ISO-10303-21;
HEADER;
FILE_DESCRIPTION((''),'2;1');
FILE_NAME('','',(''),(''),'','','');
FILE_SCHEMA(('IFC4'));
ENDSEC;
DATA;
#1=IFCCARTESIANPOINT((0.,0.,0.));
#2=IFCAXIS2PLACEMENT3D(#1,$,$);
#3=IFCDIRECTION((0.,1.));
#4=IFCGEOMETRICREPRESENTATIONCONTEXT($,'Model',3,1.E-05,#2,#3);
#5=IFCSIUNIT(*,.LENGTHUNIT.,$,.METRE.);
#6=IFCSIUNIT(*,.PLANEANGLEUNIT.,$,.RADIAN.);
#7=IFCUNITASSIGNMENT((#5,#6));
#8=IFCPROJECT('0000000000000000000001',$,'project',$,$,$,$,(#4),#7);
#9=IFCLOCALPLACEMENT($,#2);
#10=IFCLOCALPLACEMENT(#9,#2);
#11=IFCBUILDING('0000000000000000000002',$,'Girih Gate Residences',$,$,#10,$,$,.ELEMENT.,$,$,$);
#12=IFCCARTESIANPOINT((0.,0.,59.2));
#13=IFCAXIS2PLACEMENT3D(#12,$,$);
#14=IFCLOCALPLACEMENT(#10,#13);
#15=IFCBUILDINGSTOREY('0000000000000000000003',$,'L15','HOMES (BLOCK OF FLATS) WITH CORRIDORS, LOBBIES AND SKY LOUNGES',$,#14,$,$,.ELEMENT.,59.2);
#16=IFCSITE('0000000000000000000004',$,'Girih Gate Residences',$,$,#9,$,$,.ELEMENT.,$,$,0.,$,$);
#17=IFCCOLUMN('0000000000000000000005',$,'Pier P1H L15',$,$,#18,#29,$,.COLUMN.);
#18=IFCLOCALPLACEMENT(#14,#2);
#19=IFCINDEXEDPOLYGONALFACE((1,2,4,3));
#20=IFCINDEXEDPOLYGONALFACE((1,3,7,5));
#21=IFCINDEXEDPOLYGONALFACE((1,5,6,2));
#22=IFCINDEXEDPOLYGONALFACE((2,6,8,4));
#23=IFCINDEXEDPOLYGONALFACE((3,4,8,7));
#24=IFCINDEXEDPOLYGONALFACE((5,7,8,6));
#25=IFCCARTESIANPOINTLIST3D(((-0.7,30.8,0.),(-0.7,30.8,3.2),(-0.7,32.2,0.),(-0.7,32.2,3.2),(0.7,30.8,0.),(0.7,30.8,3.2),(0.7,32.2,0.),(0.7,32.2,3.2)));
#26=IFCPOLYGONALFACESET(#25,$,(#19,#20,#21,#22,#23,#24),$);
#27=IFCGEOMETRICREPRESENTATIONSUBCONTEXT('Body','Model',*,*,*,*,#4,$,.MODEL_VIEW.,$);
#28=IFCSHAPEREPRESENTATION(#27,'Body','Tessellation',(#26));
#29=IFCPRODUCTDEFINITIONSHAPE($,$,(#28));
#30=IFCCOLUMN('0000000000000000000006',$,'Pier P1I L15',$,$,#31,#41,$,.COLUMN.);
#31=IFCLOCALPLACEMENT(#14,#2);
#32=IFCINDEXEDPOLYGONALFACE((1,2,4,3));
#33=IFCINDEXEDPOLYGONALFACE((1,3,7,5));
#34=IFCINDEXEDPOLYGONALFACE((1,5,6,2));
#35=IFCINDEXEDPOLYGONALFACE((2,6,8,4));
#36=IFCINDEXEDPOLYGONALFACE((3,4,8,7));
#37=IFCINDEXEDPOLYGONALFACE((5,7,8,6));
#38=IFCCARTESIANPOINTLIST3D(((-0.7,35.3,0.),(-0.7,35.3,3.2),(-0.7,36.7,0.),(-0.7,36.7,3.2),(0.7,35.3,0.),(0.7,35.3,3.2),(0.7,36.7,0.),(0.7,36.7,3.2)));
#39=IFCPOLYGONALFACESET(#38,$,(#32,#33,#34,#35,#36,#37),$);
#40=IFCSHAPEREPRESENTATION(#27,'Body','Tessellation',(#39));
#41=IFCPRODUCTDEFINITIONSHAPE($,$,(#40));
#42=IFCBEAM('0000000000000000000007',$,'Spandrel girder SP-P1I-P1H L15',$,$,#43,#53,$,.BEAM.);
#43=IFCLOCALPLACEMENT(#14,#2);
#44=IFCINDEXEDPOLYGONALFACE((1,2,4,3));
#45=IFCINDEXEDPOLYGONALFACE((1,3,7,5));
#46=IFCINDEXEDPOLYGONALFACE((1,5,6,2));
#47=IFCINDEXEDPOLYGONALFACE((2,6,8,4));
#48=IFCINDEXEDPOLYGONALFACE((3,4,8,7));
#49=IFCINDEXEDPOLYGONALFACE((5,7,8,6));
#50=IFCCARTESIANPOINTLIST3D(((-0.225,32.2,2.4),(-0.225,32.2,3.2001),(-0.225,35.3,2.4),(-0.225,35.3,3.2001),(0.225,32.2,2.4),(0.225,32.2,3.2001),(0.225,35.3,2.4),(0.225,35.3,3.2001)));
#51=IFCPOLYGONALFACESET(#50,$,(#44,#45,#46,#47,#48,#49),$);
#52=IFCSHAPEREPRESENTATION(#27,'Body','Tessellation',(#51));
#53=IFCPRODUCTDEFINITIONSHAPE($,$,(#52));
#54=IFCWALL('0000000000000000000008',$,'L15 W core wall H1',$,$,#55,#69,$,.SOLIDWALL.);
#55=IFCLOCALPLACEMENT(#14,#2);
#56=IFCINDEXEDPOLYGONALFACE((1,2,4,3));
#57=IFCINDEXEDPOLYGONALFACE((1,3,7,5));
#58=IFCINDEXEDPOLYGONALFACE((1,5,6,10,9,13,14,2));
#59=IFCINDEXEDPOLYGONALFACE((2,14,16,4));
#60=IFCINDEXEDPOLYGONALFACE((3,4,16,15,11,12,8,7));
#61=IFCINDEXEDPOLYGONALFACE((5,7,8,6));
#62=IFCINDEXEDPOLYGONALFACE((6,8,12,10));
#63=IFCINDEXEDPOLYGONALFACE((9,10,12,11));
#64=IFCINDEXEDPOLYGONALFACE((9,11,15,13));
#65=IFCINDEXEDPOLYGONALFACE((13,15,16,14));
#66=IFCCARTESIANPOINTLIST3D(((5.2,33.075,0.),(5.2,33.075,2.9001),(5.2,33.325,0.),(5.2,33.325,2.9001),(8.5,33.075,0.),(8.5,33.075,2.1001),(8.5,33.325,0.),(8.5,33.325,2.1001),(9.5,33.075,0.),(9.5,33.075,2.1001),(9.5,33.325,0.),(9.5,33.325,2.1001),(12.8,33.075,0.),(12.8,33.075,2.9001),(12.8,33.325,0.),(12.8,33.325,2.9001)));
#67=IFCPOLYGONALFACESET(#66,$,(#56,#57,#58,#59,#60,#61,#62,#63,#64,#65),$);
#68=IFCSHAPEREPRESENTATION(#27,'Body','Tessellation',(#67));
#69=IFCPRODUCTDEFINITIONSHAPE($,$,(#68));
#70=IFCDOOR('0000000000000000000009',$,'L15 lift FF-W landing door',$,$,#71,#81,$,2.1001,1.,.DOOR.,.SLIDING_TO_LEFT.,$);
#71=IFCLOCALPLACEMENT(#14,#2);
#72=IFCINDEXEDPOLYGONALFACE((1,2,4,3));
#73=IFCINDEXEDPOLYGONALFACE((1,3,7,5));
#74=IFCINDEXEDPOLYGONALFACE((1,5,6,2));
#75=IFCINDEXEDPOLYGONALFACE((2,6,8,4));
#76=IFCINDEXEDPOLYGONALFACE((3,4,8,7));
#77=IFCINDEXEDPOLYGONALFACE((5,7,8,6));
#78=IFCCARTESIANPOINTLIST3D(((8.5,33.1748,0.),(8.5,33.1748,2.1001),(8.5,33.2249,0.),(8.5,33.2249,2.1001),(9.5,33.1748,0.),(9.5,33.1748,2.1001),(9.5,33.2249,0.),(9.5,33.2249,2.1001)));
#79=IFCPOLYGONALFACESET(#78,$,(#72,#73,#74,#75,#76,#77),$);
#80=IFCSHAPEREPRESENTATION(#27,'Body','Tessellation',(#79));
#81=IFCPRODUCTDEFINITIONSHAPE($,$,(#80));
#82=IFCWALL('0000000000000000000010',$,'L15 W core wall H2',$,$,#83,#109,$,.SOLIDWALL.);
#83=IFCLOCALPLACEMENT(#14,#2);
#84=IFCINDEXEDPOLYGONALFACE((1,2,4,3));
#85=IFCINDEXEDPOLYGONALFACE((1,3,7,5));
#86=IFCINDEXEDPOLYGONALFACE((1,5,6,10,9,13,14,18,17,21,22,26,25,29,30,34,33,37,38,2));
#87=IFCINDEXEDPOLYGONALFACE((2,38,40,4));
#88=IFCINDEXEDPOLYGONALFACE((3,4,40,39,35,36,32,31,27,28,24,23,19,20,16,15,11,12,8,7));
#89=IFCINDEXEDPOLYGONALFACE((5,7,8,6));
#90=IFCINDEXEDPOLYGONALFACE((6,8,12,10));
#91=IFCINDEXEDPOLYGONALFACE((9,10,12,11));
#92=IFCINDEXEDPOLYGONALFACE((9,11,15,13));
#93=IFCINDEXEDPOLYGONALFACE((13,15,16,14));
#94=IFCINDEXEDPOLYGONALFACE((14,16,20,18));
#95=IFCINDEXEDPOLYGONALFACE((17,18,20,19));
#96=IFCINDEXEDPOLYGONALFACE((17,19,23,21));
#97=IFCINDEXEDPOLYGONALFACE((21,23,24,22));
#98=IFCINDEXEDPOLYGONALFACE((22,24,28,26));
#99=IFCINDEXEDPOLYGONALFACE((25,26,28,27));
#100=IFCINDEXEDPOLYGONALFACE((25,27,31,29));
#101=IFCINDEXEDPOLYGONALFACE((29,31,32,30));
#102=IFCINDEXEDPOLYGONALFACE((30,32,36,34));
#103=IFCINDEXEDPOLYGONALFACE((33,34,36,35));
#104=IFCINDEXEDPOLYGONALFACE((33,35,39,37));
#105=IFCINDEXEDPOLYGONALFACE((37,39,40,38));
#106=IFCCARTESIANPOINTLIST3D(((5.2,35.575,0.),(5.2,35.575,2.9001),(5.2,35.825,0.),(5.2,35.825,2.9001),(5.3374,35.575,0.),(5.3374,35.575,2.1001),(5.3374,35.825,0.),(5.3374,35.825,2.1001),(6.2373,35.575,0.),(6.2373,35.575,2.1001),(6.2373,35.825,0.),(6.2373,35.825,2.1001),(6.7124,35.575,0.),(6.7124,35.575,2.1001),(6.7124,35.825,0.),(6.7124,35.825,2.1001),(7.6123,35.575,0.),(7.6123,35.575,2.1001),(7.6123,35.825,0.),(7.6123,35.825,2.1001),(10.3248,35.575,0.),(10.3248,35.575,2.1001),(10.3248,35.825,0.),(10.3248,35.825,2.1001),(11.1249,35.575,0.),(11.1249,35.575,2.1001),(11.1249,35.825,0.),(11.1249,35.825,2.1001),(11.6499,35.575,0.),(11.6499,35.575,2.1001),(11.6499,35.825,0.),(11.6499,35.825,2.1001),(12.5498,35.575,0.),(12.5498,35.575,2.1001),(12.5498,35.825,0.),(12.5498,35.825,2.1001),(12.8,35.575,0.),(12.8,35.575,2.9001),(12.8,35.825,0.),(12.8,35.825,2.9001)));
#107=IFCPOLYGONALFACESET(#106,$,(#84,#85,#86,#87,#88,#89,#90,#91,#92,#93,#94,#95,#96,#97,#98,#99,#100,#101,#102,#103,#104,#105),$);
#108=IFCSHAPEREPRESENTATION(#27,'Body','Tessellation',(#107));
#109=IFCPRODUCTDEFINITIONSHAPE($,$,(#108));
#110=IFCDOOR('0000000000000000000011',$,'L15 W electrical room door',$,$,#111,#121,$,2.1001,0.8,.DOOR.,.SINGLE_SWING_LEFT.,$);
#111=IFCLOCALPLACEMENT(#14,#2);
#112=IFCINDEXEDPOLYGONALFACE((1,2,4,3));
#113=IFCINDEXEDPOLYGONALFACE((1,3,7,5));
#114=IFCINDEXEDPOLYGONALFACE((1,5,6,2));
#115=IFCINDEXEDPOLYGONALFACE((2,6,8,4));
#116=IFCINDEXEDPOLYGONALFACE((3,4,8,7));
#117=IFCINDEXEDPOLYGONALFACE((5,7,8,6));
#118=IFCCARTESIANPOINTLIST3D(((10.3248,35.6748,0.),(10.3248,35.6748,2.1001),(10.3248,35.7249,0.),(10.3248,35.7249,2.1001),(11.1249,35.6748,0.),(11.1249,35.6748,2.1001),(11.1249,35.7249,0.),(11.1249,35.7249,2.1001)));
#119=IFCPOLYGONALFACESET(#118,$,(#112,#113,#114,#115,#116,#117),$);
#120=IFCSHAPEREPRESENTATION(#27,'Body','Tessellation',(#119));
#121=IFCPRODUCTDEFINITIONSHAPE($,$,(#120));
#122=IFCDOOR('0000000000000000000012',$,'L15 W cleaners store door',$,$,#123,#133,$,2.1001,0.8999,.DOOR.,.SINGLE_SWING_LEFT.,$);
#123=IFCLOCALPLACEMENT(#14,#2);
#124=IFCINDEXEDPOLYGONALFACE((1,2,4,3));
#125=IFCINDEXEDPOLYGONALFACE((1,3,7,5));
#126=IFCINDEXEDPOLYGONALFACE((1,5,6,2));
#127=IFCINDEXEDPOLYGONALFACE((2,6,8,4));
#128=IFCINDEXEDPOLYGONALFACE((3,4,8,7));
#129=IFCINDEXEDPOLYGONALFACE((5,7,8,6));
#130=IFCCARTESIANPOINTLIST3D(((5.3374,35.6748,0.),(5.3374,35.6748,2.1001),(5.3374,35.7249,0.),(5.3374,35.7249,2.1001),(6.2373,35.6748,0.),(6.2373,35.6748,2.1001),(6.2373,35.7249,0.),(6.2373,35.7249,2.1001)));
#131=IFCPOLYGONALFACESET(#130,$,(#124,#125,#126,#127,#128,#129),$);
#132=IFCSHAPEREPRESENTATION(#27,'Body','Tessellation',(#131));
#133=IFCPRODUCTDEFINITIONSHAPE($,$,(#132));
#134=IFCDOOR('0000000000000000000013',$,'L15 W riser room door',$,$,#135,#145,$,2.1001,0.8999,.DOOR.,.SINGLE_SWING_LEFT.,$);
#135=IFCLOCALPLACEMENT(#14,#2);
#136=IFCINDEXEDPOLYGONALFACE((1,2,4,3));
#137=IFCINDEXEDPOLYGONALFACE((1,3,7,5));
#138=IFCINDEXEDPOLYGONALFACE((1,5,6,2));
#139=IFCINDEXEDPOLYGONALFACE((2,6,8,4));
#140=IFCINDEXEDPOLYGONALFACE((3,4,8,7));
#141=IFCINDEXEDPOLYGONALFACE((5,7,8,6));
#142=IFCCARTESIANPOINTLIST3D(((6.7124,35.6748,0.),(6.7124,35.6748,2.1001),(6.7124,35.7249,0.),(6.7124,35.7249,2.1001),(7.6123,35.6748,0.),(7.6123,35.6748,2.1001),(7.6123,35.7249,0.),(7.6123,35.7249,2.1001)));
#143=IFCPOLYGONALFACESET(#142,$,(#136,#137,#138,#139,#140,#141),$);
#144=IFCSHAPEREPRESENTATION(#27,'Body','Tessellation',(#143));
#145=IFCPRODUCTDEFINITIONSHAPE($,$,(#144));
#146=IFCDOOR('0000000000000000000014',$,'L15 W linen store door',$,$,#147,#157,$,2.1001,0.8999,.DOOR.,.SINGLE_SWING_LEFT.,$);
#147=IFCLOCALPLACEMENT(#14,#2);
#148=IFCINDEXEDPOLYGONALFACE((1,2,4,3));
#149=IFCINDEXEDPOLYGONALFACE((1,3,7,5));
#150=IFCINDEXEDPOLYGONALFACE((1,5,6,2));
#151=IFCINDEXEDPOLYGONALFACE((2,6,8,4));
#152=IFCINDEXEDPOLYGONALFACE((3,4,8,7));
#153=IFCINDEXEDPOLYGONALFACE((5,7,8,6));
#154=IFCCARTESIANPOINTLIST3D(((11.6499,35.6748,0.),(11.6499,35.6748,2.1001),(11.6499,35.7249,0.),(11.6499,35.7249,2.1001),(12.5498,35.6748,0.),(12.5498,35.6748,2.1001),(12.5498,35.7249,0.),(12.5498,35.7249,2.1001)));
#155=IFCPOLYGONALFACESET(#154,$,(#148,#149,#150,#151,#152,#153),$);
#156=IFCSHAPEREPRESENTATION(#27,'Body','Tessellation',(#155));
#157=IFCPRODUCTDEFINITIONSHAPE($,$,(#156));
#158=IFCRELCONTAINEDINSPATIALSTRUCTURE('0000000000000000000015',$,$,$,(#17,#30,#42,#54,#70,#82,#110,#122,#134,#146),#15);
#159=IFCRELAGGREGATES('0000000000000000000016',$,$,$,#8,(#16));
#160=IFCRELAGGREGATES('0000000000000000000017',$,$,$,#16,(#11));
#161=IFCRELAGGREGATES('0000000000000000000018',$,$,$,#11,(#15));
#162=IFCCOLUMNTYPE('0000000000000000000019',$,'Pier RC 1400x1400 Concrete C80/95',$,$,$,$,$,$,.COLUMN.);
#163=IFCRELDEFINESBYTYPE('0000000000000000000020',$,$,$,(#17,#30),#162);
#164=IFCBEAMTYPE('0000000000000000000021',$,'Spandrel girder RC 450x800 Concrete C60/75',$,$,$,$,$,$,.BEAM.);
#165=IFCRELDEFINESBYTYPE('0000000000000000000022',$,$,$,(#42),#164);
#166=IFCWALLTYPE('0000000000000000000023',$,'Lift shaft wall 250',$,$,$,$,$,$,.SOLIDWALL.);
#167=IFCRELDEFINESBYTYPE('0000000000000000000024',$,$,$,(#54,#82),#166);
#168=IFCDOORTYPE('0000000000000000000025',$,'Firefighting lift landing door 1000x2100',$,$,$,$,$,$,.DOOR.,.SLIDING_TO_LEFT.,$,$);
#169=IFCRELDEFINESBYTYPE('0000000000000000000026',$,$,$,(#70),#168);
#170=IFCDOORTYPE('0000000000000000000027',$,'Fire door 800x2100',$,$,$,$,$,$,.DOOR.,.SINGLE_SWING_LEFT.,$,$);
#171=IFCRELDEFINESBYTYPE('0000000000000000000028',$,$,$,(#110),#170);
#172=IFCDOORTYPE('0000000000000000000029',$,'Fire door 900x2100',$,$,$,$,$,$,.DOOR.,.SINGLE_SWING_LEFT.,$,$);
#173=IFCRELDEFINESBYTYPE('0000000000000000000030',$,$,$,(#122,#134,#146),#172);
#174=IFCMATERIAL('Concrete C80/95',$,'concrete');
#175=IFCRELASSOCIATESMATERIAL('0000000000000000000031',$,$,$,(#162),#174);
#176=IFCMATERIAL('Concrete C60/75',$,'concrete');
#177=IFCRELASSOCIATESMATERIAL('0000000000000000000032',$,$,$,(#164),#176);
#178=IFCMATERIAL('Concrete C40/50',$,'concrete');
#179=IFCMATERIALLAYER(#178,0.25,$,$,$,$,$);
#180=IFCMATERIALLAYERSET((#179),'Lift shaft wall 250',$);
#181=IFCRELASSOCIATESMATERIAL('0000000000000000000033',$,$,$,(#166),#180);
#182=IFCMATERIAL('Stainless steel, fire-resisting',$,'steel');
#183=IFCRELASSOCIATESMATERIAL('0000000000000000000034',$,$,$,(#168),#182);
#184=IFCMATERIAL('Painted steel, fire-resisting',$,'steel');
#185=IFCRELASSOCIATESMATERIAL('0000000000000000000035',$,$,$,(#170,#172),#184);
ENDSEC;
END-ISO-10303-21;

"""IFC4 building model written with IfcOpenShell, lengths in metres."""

from ifc_helpers import new_model, si_unit, direction, frame, frame_2d, origin, origin_2d, place, context, subcontext, project, spatial, rectangle, extrude, material, layer, layer_set, material_profile, profile_set, type_object, element, fill, save


model = new_model("IFC4")

# Units and contexts
model_context = context("Model", 3, precision=1e-05, world=origin(), true_north=direction((0.0, 1.0)))
body_context = subcontext(model_context, "Body", "Model", "MODEL_VIEW")
ifc_project = project(units=[si_unit("LENGTHUNIT", "METRE"), si_unit("PLANEANGLEUNIT", "RADIAN")], contexts=[model_context])

# Site, building, storey
site_placement = place(None, origin())
site = spatial("IfcSite", under=ifc_project, at=site_placement, Name="Girih Gate Residences", CompositionType="ELEMENT", RefElevation=0.0)
building_placement = place(site_placement, origin())
building = spatial("IfcBuilding", under=site, at=building_placement, Name="Girih Gate Residences", CompositionType="ELEMENT")
storey_placement = place(building_placement, frame((0.0, 0.0, 59.2)))
storey = spatial("IfcBuildingStorey", under=building, at=storey_placement, Name="L15", Description="HOMES (BLOCK OF FLATS) WITH CORRIDORS, LOBBIES AND SKY LOUNGES", CompositionType="ELEMENT", Elevation=59.2)

# Columns
ifc_material_1 = material(Name="Concrete C80/95", Category="concrete")
ifc_material_profile_1 = material_profile(ifc_material_1, rectangle(XDim=1.3999, YDim=1.3999, at=origin_2d()))
ifc_profile_set_1 = profile_set([ifc_material_profile_1], Name="Concrete C80/95")
column_type = type_object("IfcColumnType", Name="Pier RC 1400x1400 Concrete C80/95", PredefinedType="COLUMN", material=ifc_profile_set_1)
for number, where, z_axis, x_axis, name in (
    (1, (0.0, 31.5, 0.0), (0.0, 0.0, 1.0), (1.0, 0.0, 0.0), "Pier P1H L15"),
    (2, (0.0, 36.0, 0.0), (0.0, 0.0, 1.0), (1.0, 0.0, 0.0), "Pier P1I L15"),
):
    element("IfcColumn", number, at=place(storey_placement, frame(where, z_axis=z_axis, x_axis=x_axis)), inside=storey, type_object=column_type, Name=name, PredefinedType="COLUMN", context=body_context, shape_type="SweptSolid", body=[
        extrude(rectangle(XDim=1.3999, YDim=1.3999, at=origin_2d()), origin(), (0.0, 0.0, 1.0), 3.2),
    ])

# Beam
ifc_material_2 = material(Name="Concrete C60/75", Category="concrete")
ifc_material_profile_2 = material_profile(ifc_material_2, rectangle(XDim=0.45, YDim=0.8, at=origin_2d()))
ifc_profile_set_2 = profile_set([ifc_material_profile_2], Name="Concrete C60/75")
beam_type = type_object("IfcBeamType", Name="Spandrel girder RC 450x800 Concrete C60/75", PredefinedType="BEAM", material=ifc_profile_set_2)
beam_placement = place(storey_placement, frame((0.0, 35.3, 2.8), z_axis=(0.0, -1.0, 0.0), x_axis=(1.0, 0.0, 0.0)))
element("IfcBeam", 3, at=beam_placement, inside=storey, type_object=beam_type, Name="Spandrel girder SP-P1I-P1H L15", PredefinedType="BEAM", context=body_context, shape_type="SweptSolid", body=[
    extrude(rectangle(XDim=0.45, YDim=0.8, at=origin_2d()), origin(), (0.0, 0.0, 1.0), 3.1001),
])

# Wall, opening, door
ifc_material_3 = material(Name="Concrete C40/50", Category="concrete")
ifc_layer_1 = layer(ifc_material_3, 0.25)
ifc_layer_set_1 = layer_set([ifc_layer_1], Name="Lift shaft wall 250")
wall_type_1 = type_object("IfcWallType", Name="Lift shaft wall 250", PredefinedType="SOLIDWALL", material=ifc_layer_set_1)
wall_1_placement = place(storey_placement, frame((5.2, 33.2, 0.0), z_axis=(0.0, 0.0, 1.0), x_axis=(1.0, 0.0, 0.0)))
wall_1 = element("IfcWall", 4, at=wall_1_placement, inside=storey, type_object=wall_type_1, Name="L15 W core wall H1", PredefinedType="SOLIDWALL", context=body_context, shape_type="SweptSolid", body=[
    extrude(rectangle(XDim=7.6001, YDim=0.25, at=frame_2d((3.8, 0.0))), origin(), (0.0, 0.0, 1.0), 2.9001),
])
opening_1_placement = place(wall_1_placement, frame((3.3, 0.0, 0.0)))
opening_1 = element("IfcOpeningElement", 5, at=opening_1_placement, cuts=wall_1, PredefinedType="OPENING", context=body_context, shape_type="SweptSolid", body=[
    extrude(rectangle(XDim=1.0, YDim=2.1001, at=frame_2d((0.5, 1.05))), frame((0.0, 0.135, 0.0), z_axis=(0.0, -1.0, 0.0), x_axis=(1.0, 0.0, 0.0)), (0.0, 0.0, 1.0), 0.27),
])
ifc_material_4 = material(Name="Stainless steel, fire-resisting", Category="steel")
door_type_1 = type_object("IfcDoorType", Name="Firefighting lift landing door 1000x2100", OperationType="SLIDING_TO_LEFT", PredefinedType="DOOR", material=ifc_material_4)
door_1_placement = place(opening_1_placement, origin())
door_1 = element("IfcDoor", 6, at=door_1_placement, inside=storey, type_object=door_type_1, Name="L15 lift FF-W landing door", OperationType="SLIDING_TO_LEFT", OverallHeight=2.1001, OverallWidth=1.0, PredefinedType="DOOR", context=body_context, shape_type="SweptSolid", body=[
    extrude(rectangle(XDim=1.0, YDim=2.1001, at=frame_2d((0.5, 1.05))), frame((0.0, 0.0249, 0.0), z_axis=(0.0, -1.0, 0.0), x_axis=(1.0, 0.0, 0.0)), (0.0, 0.0, 1.0), 0.05),
])
fill(opening_1, door_1)

# Wall, openings, doors
wall_2_placement = place(storey_placement, frame((5.2, 35.7, 0.0), z_axis=(0.0, 0.0, 1.0), x_axis=(1.0, 0.0, 0.0)))
wall_2 = element("IfcWall", 7, at=wall_2_placement, inside=storey, type_object=wall_type_1, Name="L15 W core wall H2", PredefinedType="SOLIDWALL", context=body_context, shape_type="SweptSolid", body=[
    extrude(rectangle(XDim=7.6001, YDim=0.25, at=frame_2d((3.8, 0.0))), origin(), (0.0, 0.0, 1.0), 2.9001),
])
opening_2_placement = place(wall_2_placement, frame((0.1375, 0.0, 0.0)))
opening_2 = element("IfcOpeningElement", 8, at=opening_2_placement, cuts=wall_2, PredefinedType="OPENING", context=body_context, shape_type="SweptSolid", body=[
    extrude(rectangle(XDim=0.8999, YDim=2.1001, at=frame_2d((0.45, 1.05))), frame((0.0, 0.135, 0.0), z_axis=(0.0, -1.0, 0.0), x_axis=(1.0, 0.0, 0.0)), (0.0, 0.0, 1.0), 0.27),
])
opening_3_placement = place(wall_2_placement, frame((1.5125, 0.0, 0.0)))
opening_3 = element("IfcOpeningElement", 9, at=opening_3_placement, cuts=wall_2, PredefinedType="OPENING", context=body_context, shape_type="SweptSolid", body=[
    extrude(rectangle(XDim=0.8999, YDim=2.1001, at=frame_2d((0.45, 1.05))), frame((0.0, 0.135, 0.0), z_axis=(0.0, -1.0, 0.0), x_axis=(1.0, 0.0, 0.0)), (0.0, 0.0, 1.0), 0.27),
])
opening_4_placement = place(wall_2_placement, frame((5.125, 0.0, 0.0)))
opening_4 = element("IfcOpeningElement", 10, at=opening_4_placement, cuts=wall_2, PredefinedType="OPENING", context=body_context, shape_type="SweptSolid", body=[
    extrude(rectangle(XDim=0.8, YDim=2.1001, at=frame_2d((0.3999, 1.05))), frame((0.0, 0.135, 0.0), z_axis=(0.0, -1.0, 0.0), x_axis=(1.0, 0.0, 0.0)), (0.0, 0.0, 1.0), 0.27),
])
opening_5_placement = place(wall_2_placement, frame((6.45, 0.0, 0.0)))
opening_5 = element("IfcOpeningElement", 11, at=opening_5_placement, cuts=wall_2, PredefinedType="OPENING", context=body_context, shape_type="SweptSolid", body=[
    extrude(rectangle(XDim=0.8999, YDim=2.1001, at=frame_2d((0.45, 1.05))), frame((0.0, 0.135, 0.0), z_axis=(0.0, -1.0, 0.0), x_axis=(1.0, 0.0, 0.0)), (0.0, 0.0, 1.0), 0.27),
])
ifc_material_5 = material(Name="Painted steel, fire-resisting", Category="steel")
door_type_2 = type_object("IfcDoorType", Name="Fire door 800x2100", OperationType="SINGLE_SWING_LEFT", PredefinedType="DOOR", material=ifc_material_5)
door_2_placement = place(opening_4_placement, origin())
door_2 = element("IfcDoor", 12, at=door_2_placement, inside=storey, type_object=door_type_2, Name="L15 W electrical room door", OperationType="SINGLE_SWING_LEFT", OverallHeight=2.1001, OverallWidth=0.8, PredefinedType="DOOR", context=body_context, shape_type="SweptSolid", body=[
    extrude(rectangle(XDim=0.8, YDim=2.1001, at=frame_2d((0.3999, 1.05))), frame((0.0, 0.0249, 0.0), z_axis=(0.0, -1.0, 0.0), x_axis=(1.0, 0.0, 0.0)), (0.0, 0.0, 1.0), 0.05),
])
fill(opening_4, door_2)
door_type_3 = type_object("IfcDoorType", Name="Fire door 900x2100", OperationType="SINGLE_SWING_LEFT", PredefinedType="DOOR", material=ifc_material_5)
door_3_placement = place(opening_2_placement, origin())
door_3 = element("IfcDoor", 13, at=door_3_placement, inside=storey, type_object=door_type_3, Name="L15 W cleaners store door", OperationType="SINGLE_SWING_LEFT", OverallHeight=2.1001, OverallWidth=0.8999, PredefinedType="DOOR", context=body_context, shape_type="SweptSolid", body=[
    extrude(rectangle(XDim=0.8999, YDim=2.1001, at=frame_2d((0.45, 1.05))), frame((0.0, 0.0249, 0.0), z_axis=(0.0, -1.0, 0.0), x_axis=(1.0, 0.0, 0.0)), (0.0, 0.0, 1.0), 0.05),
])
fill(opening_2, door_3)
door_4_placement = place(opening_3_placement, origin())
door_4 = element("IfcDoor", 14, at=door_4_placement, inside=storey, type_object=door_type_3, Name="L15 W riser room door", OperationType="SINGLE_SWING_LEFT", OverallHeight=2.1001, OverallWidth=0.8999, PredefinedType="DOOR", context=body_context, shape_type="SweptSolid", body=[
    extrude(rectangle(XDim=0.8999, YDim=2.1001, at=frame_2d((0.45, 1.05))), frame((0.0, 0.0249, 0.0), z_axis=(0.0, -1.0, 0.0), x_axis=(1.0, 0.0, 0.0)), (0.0, 0.0, 1.0), 0.05),
])
fill(opening_3, door_4)
door_5_placement = place(opening_5_placement, origin())
door_5 = element("IfcDoor", 15, at=door_5_placement, inside=storey, type_object=door_type_3, Name="L15 W linen store door", OperationType="SINGLE_SWING_LEFT", OverallHeight=2.1001, OverallWidth=0.8999, PredefinedType="DOOR", context=body_context, shape_type="SweptSolid", body=[
    extrude(rectangle(XDim=0.8999, YDim=2.1001, at=frame_2d((0.45, 1.05))), frame((0.0, 0.0249, 0.0), z_axis=(0.0, -1.0, 0.0), x_axis=(1.0, 0.0, 0.0)), (0.0, 0.0, 1.0), 0.05),
])
fill(opening_5, door_5)

save(model, "model.ifc")
